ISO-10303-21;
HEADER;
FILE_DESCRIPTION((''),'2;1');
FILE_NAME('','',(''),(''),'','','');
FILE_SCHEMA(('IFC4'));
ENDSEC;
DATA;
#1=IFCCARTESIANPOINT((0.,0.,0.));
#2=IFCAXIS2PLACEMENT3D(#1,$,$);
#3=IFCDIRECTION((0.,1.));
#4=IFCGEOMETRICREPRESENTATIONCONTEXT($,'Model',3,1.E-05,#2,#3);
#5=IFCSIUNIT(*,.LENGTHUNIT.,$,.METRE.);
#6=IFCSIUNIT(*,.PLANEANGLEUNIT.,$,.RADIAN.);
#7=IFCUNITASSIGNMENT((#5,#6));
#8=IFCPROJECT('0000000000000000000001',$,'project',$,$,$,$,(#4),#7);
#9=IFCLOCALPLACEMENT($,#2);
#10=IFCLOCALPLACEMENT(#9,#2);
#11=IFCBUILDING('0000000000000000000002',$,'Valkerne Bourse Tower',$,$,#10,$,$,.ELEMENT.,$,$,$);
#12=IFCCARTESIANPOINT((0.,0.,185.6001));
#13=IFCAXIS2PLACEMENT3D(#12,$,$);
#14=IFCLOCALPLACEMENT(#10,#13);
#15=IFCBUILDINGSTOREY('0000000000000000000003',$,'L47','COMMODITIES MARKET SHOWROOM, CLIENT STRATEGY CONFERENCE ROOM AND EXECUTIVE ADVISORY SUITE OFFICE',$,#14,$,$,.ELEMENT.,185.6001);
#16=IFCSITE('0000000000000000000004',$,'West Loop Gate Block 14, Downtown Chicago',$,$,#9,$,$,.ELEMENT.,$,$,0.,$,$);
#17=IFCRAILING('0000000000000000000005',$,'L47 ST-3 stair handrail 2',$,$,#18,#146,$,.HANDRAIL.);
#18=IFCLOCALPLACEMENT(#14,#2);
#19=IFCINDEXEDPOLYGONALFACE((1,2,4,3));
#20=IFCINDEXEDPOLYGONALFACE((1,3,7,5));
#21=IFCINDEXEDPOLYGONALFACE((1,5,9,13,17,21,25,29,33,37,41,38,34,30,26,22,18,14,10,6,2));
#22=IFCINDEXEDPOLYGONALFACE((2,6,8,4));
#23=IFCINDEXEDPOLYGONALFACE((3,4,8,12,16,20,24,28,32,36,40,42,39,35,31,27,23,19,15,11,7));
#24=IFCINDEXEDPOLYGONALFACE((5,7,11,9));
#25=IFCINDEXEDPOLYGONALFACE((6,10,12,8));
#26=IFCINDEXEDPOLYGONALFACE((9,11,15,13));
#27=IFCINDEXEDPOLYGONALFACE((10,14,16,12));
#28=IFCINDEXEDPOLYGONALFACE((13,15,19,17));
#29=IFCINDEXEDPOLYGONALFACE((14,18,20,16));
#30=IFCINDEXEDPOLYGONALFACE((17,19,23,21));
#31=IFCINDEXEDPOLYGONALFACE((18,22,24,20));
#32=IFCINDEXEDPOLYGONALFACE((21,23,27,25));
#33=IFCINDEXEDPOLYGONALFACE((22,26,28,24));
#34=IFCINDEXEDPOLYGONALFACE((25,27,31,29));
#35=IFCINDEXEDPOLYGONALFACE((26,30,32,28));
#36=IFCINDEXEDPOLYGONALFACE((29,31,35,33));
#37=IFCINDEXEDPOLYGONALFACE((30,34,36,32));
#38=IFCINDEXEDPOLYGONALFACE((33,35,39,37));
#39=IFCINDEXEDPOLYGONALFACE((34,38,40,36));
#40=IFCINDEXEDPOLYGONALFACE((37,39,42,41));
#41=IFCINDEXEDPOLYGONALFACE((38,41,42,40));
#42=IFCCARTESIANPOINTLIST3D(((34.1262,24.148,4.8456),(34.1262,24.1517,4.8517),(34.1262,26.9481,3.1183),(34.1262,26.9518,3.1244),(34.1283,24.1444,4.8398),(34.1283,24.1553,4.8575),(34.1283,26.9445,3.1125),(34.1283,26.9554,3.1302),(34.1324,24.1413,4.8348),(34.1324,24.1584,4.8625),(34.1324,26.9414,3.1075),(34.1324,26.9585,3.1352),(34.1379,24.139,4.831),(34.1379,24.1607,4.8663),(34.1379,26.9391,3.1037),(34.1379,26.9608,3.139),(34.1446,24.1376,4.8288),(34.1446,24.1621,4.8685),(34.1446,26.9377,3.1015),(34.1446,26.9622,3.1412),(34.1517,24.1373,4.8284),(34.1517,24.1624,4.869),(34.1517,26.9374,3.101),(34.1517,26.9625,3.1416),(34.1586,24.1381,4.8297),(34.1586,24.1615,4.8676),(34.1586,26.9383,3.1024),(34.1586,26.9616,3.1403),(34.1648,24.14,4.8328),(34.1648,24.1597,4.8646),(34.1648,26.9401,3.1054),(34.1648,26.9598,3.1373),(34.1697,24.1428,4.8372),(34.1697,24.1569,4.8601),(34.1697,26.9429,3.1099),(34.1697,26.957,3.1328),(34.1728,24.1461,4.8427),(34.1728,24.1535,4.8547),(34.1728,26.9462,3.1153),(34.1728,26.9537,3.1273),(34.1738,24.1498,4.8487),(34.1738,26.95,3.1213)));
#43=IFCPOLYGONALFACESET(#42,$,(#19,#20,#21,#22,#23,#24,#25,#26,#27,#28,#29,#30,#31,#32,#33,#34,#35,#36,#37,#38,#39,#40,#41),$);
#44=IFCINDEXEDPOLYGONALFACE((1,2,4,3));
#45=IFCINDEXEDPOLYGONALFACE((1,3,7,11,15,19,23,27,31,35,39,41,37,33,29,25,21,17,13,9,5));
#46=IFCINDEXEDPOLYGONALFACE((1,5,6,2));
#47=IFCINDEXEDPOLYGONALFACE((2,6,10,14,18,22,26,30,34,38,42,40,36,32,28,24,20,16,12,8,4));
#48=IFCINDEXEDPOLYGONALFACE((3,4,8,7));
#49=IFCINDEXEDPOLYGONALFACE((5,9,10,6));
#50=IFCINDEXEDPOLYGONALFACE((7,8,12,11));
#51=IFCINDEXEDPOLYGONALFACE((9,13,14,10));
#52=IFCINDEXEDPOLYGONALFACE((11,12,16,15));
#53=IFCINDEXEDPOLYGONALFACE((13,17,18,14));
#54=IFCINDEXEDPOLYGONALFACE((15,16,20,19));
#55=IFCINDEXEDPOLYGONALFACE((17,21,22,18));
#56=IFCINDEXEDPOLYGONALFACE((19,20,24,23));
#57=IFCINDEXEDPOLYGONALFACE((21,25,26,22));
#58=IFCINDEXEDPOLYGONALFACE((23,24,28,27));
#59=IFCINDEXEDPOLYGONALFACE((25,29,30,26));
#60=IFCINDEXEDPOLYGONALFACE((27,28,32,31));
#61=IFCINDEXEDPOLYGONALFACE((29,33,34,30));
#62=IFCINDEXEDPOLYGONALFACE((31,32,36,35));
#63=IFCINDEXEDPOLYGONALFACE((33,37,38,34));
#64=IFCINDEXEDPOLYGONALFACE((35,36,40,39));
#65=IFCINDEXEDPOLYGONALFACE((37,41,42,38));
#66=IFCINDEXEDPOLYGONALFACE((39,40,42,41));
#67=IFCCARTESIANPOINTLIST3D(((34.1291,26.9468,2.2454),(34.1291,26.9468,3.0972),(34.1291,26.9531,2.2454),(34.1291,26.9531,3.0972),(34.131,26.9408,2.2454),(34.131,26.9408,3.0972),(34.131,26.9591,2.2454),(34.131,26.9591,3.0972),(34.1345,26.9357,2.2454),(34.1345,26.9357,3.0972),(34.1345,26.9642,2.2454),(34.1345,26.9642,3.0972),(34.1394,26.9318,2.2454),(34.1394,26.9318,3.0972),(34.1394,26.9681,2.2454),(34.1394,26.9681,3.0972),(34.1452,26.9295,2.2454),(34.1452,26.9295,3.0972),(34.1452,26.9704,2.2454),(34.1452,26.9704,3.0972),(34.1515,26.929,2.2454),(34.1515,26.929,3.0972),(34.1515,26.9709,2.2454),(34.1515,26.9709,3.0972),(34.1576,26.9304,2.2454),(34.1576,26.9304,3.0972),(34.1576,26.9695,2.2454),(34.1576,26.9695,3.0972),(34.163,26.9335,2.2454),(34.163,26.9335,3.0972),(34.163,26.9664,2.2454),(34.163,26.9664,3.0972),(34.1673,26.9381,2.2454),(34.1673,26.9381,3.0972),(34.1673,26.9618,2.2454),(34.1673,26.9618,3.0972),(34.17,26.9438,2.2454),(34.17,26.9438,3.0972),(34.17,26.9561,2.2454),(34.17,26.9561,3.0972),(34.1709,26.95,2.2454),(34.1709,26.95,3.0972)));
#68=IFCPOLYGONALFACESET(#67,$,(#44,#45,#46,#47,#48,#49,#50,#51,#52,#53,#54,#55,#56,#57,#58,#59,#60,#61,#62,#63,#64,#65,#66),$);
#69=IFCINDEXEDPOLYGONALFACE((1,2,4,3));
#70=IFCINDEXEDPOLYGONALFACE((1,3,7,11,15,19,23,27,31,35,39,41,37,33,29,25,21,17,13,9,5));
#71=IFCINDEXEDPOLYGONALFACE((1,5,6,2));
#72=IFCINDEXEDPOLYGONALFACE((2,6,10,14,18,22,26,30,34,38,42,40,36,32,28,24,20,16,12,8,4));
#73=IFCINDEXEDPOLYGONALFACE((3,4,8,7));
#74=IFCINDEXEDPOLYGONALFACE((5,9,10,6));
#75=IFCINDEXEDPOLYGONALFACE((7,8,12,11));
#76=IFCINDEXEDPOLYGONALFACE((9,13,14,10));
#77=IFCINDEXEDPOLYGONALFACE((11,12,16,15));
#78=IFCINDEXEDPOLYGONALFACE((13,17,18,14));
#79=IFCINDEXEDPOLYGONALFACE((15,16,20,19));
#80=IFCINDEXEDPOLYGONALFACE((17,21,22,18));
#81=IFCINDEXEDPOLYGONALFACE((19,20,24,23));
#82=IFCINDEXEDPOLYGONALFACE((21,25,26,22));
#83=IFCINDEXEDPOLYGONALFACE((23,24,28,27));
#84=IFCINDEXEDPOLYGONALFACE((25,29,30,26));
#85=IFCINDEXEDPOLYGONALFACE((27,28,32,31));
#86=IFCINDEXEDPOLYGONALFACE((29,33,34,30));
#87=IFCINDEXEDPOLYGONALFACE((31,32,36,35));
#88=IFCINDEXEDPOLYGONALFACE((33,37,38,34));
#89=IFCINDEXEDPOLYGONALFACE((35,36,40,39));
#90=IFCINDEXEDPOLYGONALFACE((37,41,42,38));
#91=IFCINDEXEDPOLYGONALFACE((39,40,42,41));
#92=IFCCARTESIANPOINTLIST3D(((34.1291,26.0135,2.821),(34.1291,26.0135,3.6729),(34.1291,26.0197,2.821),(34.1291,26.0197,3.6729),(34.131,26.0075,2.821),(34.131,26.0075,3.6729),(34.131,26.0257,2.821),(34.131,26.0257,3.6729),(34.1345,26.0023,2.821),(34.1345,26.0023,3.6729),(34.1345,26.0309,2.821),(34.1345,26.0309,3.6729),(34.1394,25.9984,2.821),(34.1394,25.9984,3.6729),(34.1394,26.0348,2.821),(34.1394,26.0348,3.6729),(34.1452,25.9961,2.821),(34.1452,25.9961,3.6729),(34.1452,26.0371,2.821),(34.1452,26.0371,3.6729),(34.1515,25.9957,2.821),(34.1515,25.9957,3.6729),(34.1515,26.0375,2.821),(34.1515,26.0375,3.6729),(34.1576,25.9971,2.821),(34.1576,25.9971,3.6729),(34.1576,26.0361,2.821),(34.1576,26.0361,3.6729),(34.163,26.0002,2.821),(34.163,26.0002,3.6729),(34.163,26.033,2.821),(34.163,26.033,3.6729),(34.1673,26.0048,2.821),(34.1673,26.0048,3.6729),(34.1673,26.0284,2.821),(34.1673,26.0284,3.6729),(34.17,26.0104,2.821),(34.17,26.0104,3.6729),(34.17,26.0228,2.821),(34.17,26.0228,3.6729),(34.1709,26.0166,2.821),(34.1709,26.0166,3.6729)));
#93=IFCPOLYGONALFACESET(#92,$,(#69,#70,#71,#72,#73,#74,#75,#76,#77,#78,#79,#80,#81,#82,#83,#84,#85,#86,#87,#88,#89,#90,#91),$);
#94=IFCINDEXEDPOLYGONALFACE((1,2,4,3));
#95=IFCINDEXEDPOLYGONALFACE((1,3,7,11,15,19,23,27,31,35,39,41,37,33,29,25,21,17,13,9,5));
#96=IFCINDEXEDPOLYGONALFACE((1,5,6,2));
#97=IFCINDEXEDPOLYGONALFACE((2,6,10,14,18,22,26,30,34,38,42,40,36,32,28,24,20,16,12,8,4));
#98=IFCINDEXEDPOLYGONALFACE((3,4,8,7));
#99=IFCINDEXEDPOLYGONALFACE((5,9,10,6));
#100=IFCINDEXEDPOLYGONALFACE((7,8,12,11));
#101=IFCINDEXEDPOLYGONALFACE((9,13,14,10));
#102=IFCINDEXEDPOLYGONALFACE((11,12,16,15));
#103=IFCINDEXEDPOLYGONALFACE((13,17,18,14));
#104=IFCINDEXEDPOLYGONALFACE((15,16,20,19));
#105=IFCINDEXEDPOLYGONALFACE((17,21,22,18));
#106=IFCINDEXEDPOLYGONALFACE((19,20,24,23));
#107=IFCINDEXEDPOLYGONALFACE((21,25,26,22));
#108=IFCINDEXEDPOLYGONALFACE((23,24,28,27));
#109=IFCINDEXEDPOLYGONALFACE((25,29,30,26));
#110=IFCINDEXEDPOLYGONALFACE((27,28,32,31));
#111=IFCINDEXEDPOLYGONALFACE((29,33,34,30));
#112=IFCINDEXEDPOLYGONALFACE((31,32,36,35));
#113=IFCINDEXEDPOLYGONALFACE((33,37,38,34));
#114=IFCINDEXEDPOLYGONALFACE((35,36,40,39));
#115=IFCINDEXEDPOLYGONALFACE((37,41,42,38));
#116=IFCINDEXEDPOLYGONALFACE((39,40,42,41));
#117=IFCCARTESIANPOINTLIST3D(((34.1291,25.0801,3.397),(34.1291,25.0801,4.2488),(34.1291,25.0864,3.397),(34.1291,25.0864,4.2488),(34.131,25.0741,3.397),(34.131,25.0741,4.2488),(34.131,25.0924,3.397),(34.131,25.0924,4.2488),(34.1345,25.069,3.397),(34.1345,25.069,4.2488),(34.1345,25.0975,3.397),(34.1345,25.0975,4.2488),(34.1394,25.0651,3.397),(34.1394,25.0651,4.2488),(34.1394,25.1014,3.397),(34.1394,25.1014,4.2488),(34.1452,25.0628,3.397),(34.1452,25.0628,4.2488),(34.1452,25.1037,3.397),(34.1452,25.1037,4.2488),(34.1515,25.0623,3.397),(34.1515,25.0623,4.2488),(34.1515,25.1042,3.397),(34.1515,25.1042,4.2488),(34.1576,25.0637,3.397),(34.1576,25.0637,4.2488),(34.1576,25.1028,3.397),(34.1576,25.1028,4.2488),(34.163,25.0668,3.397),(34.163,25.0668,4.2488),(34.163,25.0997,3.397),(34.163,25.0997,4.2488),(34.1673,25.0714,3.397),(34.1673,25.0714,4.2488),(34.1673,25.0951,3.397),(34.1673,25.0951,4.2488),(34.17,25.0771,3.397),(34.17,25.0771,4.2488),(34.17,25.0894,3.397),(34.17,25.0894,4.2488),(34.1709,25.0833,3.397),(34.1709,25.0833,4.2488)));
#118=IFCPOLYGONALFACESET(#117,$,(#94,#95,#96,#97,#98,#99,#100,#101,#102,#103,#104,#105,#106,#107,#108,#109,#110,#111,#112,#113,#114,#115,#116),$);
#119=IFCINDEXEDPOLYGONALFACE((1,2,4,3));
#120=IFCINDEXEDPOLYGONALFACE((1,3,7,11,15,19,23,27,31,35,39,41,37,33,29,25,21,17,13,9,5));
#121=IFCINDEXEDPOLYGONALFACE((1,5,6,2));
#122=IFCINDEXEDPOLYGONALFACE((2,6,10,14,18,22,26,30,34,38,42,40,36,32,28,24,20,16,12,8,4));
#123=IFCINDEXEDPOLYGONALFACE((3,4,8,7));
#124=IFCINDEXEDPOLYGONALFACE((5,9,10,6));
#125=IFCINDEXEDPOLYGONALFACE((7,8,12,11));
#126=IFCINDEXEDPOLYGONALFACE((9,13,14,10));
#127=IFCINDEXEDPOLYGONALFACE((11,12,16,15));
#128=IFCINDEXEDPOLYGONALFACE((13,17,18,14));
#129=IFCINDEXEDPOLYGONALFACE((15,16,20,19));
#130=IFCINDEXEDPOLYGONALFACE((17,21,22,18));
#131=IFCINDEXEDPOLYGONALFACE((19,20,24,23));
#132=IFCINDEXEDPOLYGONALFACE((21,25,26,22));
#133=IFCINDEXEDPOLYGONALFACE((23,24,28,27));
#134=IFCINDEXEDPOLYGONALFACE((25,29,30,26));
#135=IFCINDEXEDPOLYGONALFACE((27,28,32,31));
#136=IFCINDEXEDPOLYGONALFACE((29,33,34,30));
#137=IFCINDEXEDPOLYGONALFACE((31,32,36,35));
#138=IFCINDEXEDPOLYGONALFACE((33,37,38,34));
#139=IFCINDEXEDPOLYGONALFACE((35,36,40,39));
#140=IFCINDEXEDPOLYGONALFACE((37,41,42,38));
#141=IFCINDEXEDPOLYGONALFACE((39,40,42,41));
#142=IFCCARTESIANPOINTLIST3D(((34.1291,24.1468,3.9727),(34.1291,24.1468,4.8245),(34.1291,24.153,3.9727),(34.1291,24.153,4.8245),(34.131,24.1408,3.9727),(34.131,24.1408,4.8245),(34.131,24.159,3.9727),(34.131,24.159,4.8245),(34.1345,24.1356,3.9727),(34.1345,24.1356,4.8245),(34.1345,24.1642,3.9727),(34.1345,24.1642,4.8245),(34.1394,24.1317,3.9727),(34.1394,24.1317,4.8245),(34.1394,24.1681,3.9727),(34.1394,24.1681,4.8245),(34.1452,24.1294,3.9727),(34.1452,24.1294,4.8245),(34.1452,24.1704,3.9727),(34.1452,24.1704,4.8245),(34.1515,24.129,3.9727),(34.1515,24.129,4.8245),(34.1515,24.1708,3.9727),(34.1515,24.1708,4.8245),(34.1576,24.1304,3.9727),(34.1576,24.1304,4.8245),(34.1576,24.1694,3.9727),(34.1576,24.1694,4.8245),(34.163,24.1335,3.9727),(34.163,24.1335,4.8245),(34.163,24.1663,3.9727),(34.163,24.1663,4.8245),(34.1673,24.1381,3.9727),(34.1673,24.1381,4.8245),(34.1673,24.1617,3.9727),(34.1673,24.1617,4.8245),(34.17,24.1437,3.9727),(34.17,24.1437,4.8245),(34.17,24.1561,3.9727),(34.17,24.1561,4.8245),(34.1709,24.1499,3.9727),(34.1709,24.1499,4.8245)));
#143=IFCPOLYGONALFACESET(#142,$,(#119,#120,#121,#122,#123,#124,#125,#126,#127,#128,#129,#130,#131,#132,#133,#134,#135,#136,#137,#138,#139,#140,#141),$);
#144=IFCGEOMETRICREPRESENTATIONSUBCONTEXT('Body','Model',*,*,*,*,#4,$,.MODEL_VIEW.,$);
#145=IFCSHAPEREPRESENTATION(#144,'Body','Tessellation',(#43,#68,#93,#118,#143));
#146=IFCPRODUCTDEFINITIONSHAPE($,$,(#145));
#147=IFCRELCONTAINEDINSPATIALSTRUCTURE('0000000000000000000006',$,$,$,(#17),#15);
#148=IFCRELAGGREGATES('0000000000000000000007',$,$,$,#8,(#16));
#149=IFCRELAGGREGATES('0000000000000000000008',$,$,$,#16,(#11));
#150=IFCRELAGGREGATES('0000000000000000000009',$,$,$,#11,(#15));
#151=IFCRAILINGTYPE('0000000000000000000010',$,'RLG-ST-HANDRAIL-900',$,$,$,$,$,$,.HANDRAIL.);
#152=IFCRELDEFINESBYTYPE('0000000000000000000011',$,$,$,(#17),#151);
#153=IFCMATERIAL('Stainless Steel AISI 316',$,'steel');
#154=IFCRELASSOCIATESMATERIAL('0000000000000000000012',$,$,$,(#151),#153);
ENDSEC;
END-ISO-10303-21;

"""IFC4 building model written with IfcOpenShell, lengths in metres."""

from ifc_helpers import new_model, si_unit, direction, frame, origin, origin_2d, place, context, subcontext, project, spatial, circle, extrude, material, type_object, element, save


model = new_model("IFC4")

# Units and contexts
model_context = context("Model", 3, precision=1e-05, world=origin(), true_north=direction((0.0, 1.0)))
body_context = subcontext(model_context, "Body", "Model", "MODEL_VIEW")
ifc_project = project(units=[si_unit("LENGTHUNIT", "METRE"), si_unit("PLANEANGLEUNIT", "RADIAN")], contexts=[model_context])

# Site, building, storey
site_placement = place(None, origin())
site = spatial("IfcSite", under=ifc_project, at=site_placement, Name="West Loop Gate Block 14, Downtown Chicago", CompositionType="ELEMENT", RefElevation=0.0)
building_placement = place(site_placement, origin())
building = spatial("IfcBuilding", under=site, at=building_placement, Name="Valkerne Bourse Tower", CompositionType="ELEMENT")
storey_placement = place(building_placement, frame((0.0, 0.0, 185.6001)))
storey = spatial("IfcBuildingStorey", under=building, at=storey_placement, Name="L47", Description="COMMODITIES MARKET SHOWROOM, CLIENT STRATEGY CONFERENCE ROOM AND EXECUTIVE ADVISORY SUITE OFFICE", CompositionType="ELEMENT", Elevation=185.6001)

# Railing
ifc_material_1 = material(Name="Stainless Steel AISI 316", Category="steel")
railing_type_1 = type_object("IfcRailingType", Name="RLG-ST-HANDRAIL-900", PredefinedType="HANDRAIL", material=ifc_material_1)
railing_1_placement = place(storey_placement, frame((34.1499, 26.95, 2.2454)))
element("IfcRailing", 1, at=railing_1_placement, inside=storey, type_object=railing_type_1, Name="L47 ST-3 stair handrail 2", PredefinedType="HANDRAIL", context=body_context, shape_type="SweptSolid", body=[
    extrude(circle(Radius=0.0239, at=origin_2d()), frame((0.0, 0.0, 0.876), z_axis=(0.0, -0.85109, 0.52502), x_axis=(1.0, 0.0, 0.0)), (0.0, 0.0, 1.0), 3.29),
    extrude(circle(Radius=0.021, at=origin_2d()), origin(), (0.0, 0.0, 1.0), 0.8518),
    extrude(circle(Radius=0.021, at=origin_2d()), frame((0.0, -0.9333, 0.5757)), (0.0, 0.0, 1.0), 0.8518),
    extrude(circle(Radius=0.021, at=origin_2d()), frame((0.0, -1.8667, 1.1516)), (0.0, 0.0, 1.0), 0.8518),
    extrude(circle(Radius=0.021, at=origin_2d()), frame((0.0, -2.8, 1.7273)), (0.0, 0.0, 1.0), 0.8518),
])

save(model, "model.ifc")
